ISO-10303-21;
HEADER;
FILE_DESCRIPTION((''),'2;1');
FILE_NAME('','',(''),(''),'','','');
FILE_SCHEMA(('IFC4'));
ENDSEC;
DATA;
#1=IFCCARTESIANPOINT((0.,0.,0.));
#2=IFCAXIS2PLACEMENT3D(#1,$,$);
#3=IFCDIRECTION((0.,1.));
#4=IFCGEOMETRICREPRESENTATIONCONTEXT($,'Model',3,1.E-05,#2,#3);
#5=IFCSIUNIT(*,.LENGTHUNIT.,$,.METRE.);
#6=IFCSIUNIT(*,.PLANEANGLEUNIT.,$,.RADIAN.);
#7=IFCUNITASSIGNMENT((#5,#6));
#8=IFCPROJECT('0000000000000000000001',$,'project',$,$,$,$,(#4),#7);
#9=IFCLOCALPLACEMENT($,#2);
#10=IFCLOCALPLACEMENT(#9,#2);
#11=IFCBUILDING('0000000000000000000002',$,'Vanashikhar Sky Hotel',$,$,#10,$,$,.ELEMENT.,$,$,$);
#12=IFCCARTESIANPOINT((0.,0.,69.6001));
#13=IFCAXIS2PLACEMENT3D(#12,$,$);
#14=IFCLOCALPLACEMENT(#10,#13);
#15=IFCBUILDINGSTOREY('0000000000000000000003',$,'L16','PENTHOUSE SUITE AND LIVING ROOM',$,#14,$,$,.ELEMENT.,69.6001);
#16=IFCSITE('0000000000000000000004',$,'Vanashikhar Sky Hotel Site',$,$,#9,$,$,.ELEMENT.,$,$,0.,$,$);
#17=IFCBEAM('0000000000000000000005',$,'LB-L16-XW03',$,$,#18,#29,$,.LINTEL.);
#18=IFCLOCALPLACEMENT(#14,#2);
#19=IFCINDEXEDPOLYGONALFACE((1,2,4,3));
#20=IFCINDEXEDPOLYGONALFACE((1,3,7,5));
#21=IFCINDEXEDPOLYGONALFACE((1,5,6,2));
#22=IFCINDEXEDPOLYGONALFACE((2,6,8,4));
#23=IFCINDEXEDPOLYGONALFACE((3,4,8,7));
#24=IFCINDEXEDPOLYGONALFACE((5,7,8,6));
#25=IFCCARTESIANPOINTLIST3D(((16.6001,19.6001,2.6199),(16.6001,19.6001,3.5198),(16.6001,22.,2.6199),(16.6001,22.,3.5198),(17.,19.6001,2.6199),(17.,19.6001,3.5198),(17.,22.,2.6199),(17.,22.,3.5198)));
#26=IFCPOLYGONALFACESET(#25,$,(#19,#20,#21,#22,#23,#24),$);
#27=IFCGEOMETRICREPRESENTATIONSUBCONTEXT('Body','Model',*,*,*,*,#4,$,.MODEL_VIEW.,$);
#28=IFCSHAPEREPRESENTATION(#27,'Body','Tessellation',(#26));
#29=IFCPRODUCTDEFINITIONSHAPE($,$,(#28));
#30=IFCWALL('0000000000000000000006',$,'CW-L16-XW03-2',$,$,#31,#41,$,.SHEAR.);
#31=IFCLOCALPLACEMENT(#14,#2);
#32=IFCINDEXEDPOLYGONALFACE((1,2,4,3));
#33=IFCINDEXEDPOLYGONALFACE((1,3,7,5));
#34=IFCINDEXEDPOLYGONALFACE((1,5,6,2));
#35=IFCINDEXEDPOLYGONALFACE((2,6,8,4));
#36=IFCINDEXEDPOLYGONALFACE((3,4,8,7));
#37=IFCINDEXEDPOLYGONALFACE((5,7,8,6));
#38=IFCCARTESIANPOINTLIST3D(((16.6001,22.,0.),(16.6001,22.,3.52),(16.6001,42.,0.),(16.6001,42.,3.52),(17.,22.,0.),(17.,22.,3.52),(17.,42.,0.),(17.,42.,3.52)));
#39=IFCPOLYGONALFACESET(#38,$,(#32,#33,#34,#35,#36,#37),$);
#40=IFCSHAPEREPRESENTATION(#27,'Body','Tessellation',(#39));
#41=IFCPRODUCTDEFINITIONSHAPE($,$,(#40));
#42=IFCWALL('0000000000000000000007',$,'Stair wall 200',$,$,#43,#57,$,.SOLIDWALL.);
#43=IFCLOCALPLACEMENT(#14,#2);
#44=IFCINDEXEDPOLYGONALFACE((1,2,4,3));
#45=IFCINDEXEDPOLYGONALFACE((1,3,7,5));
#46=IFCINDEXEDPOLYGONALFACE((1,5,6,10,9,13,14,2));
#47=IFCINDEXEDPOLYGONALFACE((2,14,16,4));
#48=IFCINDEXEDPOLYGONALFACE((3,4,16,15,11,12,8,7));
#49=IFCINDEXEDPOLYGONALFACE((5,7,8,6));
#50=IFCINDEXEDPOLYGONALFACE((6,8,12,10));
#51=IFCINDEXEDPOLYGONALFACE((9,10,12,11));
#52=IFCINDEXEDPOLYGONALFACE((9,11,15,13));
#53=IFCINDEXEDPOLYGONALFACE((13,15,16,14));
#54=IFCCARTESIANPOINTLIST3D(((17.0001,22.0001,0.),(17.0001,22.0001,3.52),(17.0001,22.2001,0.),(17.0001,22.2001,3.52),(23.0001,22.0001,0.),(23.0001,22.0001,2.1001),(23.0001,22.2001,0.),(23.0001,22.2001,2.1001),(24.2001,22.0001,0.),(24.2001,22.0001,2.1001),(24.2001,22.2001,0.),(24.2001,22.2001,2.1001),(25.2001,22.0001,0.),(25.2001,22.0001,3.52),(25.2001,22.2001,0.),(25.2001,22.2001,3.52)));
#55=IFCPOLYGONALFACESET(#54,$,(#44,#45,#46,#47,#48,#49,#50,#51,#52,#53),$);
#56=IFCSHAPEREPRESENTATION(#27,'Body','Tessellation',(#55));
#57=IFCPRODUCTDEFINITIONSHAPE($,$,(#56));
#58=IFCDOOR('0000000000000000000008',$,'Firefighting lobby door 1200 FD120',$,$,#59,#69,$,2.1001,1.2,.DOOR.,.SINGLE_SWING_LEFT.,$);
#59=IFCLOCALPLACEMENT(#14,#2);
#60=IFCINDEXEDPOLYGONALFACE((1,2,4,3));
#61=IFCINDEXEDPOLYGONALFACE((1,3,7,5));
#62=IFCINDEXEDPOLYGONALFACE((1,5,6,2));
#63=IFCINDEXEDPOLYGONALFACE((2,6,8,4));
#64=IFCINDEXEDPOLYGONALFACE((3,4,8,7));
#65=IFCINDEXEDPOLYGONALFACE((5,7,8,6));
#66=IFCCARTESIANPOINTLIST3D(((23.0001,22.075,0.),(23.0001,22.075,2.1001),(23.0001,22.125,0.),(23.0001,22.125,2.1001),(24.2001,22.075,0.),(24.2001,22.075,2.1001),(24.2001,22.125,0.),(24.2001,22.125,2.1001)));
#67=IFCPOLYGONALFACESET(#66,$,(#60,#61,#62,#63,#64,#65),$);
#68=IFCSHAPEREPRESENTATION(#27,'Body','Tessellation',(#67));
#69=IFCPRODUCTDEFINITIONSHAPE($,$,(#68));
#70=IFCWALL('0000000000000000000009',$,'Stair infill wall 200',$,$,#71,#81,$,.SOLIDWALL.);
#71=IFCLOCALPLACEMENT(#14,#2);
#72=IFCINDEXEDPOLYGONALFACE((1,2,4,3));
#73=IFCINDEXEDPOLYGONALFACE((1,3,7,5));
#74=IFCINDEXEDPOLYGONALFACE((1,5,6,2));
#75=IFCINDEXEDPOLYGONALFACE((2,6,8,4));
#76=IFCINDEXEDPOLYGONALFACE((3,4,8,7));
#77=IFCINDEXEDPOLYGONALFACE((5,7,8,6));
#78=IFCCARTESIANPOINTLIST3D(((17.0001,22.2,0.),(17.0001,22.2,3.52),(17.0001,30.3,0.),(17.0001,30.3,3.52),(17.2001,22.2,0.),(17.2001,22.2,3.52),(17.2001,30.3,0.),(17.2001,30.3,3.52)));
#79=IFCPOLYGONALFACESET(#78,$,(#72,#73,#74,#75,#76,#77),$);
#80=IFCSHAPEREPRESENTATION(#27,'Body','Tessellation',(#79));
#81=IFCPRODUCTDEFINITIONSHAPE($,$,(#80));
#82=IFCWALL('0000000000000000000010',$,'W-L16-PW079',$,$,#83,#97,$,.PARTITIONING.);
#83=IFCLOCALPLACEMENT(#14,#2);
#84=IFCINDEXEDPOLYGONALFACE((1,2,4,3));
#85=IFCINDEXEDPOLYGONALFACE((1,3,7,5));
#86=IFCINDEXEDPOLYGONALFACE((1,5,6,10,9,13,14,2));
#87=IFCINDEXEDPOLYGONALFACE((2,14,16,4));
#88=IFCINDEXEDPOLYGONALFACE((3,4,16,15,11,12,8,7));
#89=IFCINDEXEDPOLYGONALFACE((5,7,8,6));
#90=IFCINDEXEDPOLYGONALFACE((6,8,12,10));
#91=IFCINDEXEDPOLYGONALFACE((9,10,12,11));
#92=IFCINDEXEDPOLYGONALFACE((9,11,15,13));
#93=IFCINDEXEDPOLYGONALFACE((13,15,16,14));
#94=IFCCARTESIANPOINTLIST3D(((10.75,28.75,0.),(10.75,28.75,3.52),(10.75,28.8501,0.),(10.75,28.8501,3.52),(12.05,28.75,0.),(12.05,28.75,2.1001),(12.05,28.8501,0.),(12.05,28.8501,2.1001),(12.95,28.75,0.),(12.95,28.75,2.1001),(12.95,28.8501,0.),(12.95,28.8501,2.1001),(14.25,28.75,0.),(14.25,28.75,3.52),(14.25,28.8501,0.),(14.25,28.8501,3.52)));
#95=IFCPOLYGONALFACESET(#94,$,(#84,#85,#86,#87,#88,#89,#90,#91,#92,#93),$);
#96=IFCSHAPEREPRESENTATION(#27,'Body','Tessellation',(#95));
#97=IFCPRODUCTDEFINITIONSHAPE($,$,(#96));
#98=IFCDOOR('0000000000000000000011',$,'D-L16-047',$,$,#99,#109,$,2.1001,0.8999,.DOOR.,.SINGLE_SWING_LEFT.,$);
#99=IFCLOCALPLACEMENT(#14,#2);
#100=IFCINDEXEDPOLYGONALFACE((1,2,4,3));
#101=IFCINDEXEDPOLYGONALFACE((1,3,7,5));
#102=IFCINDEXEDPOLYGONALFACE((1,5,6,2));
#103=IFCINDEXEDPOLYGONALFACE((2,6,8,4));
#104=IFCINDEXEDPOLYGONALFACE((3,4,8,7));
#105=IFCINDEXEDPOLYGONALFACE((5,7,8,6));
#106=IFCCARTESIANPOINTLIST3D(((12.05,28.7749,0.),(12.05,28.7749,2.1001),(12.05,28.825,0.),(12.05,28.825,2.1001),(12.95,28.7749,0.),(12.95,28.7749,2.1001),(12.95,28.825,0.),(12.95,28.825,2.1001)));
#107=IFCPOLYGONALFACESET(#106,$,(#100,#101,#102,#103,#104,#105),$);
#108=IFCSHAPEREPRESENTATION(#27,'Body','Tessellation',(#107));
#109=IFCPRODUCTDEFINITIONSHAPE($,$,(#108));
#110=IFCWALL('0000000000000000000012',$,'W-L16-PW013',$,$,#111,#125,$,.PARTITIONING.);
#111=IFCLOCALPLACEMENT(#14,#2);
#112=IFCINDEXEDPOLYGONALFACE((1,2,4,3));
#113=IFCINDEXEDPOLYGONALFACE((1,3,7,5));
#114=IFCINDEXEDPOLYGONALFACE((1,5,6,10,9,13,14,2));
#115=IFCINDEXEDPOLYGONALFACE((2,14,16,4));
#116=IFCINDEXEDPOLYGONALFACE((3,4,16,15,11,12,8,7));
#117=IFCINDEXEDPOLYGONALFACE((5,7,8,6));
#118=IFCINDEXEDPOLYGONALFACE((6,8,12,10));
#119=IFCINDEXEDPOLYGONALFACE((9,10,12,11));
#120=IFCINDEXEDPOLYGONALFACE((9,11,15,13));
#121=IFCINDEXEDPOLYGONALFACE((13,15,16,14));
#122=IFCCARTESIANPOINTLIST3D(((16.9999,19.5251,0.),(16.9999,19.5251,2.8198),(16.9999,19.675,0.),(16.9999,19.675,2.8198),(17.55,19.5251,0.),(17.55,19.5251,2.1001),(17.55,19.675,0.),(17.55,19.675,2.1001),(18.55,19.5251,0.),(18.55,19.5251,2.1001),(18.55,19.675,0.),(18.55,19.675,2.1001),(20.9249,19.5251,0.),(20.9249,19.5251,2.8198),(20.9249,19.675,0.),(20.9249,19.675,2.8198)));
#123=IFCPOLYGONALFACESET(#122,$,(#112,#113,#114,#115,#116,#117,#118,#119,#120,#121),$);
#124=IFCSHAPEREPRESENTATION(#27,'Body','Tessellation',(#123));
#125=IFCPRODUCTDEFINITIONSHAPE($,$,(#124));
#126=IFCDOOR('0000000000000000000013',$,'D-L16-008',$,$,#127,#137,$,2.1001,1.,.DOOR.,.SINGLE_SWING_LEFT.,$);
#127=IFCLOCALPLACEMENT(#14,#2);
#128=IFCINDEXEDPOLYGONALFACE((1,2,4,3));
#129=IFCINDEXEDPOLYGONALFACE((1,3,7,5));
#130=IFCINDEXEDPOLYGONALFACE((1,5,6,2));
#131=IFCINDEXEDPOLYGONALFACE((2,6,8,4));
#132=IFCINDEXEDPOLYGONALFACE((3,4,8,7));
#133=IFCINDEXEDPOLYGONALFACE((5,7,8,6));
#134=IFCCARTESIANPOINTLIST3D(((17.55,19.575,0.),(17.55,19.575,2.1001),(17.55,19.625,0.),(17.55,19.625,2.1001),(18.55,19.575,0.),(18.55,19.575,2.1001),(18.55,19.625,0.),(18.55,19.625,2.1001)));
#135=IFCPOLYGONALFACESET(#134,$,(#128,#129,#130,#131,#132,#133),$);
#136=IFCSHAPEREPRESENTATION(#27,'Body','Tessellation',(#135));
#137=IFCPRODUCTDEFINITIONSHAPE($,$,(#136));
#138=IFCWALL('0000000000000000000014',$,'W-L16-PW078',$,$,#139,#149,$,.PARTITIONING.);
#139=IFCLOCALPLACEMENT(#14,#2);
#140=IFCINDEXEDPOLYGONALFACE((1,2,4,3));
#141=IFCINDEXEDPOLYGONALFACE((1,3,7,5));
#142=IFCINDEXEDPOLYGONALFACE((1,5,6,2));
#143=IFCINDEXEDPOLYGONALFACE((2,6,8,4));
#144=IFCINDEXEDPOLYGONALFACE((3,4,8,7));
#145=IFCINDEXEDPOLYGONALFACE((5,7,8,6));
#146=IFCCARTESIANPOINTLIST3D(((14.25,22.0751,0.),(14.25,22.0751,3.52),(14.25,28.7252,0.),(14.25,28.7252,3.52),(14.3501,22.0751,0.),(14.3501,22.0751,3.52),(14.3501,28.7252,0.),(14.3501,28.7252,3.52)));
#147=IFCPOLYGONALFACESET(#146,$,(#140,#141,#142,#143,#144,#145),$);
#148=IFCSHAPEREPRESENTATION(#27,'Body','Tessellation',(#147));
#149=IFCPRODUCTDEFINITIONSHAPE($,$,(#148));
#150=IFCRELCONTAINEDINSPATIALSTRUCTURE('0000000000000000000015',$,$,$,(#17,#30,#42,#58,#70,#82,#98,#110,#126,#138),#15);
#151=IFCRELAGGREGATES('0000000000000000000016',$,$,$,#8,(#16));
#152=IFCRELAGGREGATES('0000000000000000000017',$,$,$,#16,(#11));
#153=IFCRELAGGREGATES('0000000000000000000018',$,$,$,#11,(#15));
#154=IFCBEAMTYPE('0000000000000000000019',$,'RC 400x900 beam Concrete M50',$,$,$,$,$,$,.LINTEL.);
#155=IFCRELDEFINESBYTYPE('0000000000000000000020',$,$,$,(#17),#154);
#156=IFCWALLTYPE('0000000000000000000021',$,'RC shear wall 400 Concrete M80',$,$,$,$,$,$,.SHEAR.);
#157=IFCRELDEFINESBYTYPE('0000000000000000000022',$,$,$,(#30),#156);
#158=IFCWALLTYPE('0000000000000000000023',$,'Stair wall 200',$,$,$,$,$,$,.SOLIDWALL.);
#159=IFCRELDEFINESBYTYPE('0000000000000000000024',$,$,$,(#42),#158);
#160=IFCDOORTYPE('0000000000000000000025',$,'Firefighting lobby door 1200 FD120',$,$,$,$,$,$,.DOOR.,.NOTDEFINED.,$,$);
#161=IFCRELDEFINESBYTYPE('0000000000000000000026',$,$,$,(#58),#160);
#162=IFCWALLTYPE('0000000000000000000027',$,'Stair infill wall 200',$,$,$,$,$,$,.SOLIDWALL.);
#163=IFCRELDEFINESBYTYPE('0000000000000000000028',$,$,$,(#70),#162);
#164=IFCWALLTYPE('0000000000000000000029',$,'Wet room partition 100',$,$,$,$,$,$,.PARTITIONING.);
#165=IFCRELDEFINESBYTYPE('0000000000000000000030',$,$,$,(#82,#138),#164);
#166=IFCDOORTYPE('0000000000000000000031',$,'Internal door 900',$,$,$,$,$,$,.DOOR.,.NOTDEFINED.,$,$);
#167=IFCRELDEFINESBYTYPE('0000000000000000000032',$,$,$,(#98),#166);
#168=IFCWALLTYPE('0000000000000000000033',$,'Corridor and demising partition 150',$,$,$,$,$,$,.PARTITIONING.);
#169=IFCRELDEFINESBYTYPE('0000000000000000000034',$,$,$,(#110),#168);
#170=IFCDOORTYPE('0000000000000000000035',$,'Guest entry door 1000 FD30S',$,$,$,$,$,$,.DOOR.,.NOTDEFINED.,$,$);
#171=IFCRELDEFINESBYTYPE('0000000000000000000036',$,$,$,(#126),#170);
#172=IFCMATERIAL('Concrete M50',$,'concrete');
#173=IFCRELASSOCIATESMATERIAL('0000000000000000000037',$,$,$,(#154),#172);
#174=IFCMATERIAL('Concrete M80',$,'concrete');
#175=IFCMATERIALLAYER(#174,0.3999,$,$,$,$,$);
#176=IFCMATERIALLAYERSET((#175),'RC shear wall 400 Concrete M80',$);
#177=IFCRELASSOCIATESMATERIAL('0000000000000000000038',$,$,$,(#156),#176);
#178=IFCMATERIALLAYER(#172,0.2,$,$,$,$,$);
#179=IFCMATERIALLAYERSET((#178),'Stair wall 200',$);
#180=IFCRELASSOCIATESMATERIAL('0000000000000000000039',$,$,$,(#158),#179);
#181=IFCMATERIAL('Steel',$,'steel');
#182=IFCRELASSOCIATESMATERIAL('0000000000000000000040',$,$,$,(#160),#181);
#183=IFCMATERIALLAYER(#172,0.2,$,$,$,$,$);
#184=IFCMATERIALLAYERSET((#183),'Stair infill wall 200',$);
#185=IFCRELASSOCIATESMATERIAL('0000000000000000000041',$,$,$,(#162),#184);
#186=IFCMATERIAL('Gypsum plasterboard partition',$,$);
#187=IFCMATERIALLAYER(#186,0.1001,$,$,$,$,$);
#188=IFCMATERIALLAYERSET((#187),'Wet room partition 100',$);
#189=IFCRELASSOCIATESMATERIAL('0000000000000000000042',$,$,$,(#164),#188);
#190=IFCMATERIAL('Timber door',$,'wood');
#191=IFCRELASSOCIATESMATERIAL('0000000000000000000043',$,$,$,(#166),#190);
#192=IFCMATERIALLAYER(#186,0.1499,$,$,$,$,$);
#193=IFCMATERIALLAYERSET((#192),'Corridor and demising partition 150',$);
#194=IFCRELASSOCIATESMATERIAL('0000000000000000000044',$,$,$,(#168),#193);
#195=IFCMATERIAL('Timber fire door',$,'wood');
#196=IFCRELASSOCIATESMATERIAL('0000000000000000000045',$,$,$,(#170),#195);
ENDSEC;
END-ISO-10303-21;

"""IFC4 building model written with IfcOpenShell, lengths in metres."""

from ifc_helpers import new_model, si_unit, direction, frame, frame_2d, origin, origin_2d, place, context, subcontext, project, spatial, rectangle, extrude, source, transform, mapped, material, layer, layer_set, material_profile, profile_set, type_object, element, fill, save


model = new_model("IFC4")

# Units and contexts
model_context = context("Model", 3, precision=1e-05, world=origin(), true_north=direction((0.0, 1.0)))
body_context = subcontext(model_context, "Body", "Model", "MODEL_VIEW")
ifc_project = project(units=[si_unit("LENGTHUNIT", "METRE"), si_unit("PLANEANGLEUNIT", "RADIAN")], contexts=[model_context])

# Site, building, storey
site_placement = place(None, origin())
site = spatial("IfcSite", under=ifc_project, at=site_placement, Name="Vanashikhar Sky Hotel Site", CompositionType="ELEMENT", RefElevation=0.0)
building_placement = place(site_placement, origin())
building = spatial("IfcBuilding", under=site, at=building_placement, Name="Vanashikhar Sky Hotel", CompositionType="ELEMENT")
storey_placement = place(building_placement, frame((0.0, 0.0, 69.6001)))
storey = spatial("IfcBuildingStorey", under=building, at=storey_placement, Name="L16", Description="PENTHOUSE SUITE AND LIVING ROOM", CompositionType="ELEMENT", Elevation=69.6001)

# Beam
ifc_material_1 = material(Name="Concrete M50", Category="concrete")
ifc_material_profile = material_profile(ifc_material_1, rectangle(XDim=0.3999, YDim=0.8999, at=origin_2d()))
ifc_profile_set = profile_set([ifc_material_profile], Name="RC 400x900 beam Concrete M50")
beam_type = type_object("IfcBeamType", Name="RC 400x900 beam Concrete M50", PredefinedType="LINTEL", material=ifc_profile_set)
shared_shape_1 = source(origin(), body_context, "Body", "SweptSolid", [
    extrude(rectangle(XDim=0.3999, YDim=0.8999, at=origin_2d()), origin(), (0.0, 0.0, 1.0), 2.3999),
])
beam_placement = place(storey_placement, frame((16.8, 19.6001, 3.0698), z_axis=(0.0, 1.0, 0.0), x_axis=(-1.0, 0.0, 0.0)))
element("IfcBeam", 1, at=beam_placement, inside=storey, type_object=beam_type, Name="LB-L16-XW03", PredefinedType="LINTEL", context=body_context, shape_type="MappedRepresentation", body=[
    mapped(shared_shape_1, transform((0.0, 0.0, 0.0), scale=1.0)),
])

# Wall
ifc_material_2 = material(Name="Concrete M80", Category="concrete")
ifc_layer_1 = layer(ifc_material_2, 0.3999)
ifc_layer_set_1 = layer_set([ifc_layer_1], Name="RC shear wall 400 Concrete M80")
wall_type_1 = type_object("IfcWallType", Name="RC shear wall 400 Concrete M80", PredefinedType="SHEAR", material=ifc_layer_set_1)
shared_shape_2 = source(origin(), body_context, "Body", "SweptSolid", [
    extrude(rectangle(XDim=20.0, YDim=0.3999, at=frame_2d((10.0, 0.0))), origin(), (0.0, 0.0, 1.0), 3.52),
])
wall_1_placement = place(storey_placement, frame((16.8, 22.0, 0.0), z_axis=(0.0, 0.0, 1.0), x_axis=(0.0, 1.0, 0.0)))
element("IfcWall", 2, at=wall_1_placement, inside=storey, type_object=wall_type_1, Name="CW-L16-XW03-2", PredefinedType="SHEAR", context=body_context, shape_type="MappedRepresentation", body=[
    mapped(shared_shape_2, transform((0.0, 0.0, 0.0), scale=1.0)),
])

# Wall, opening, door
ifc_layer_2 = layer(ifc_material_1, 0.2)
ifc_layer_set_2 = layer_set([ifc_layer_2], Name="Stair wall 200")
wall_type_2 = type_object("IfcWallType", Name="Stair wall 200", PredefinedType="SOLIDWALL", material=ifc_layer_set_2)
shared_shape_3 = source(origin(), body_context, "Body", "SweptSolid", [
    extrude(rectangle(XDim=8.2, YDim=0.2, at=frame_2d((4.1001, 0.0))), origin(), (0.0, 0.0, 1.0), 3.52),
])
wall_2_placement = place(storey_placement, frame((17.0, 22.1001, 0.0), z_axis=(0.0, 0.0, 1.0), x_axis=(1.0, 0.0, 0.0)))
wall_2 = element("IfcWall", 3, at=wall_2_placement, inside=storey, type_object=wall_type_2, Name="Stair wall 200", PredefinedType="SOLIDWALL", context=body_context, shape_type="MappedRepresentation", body=[
    mapped(shared_shape_3, transform((0.0, 0.0, 0.0), scale=1.0)),
])
shared_shape_4 = source(origin(), body_context, "Body", "SweptSolid", [
    extrude(rectangle(XDim=1.2, YDim=2.1001, at=frame_2d((0.6001, 1.05))), frame((0.0, 0.1099, 0.0), z_axis=(0.0, -1.0, 0.0), x_axis=(1.0, 0.0, 0.0)), (0.0, 0.0, 1.0), 0.22),
])
opening_1_placement = place(wall_2_placement, frame((6.0, 0.0, 0.0)))
opening_1 = element("IfcOpeningElement", 4, at=opening_1_placement, cuts=wall_2, PredefinedType="OPENING", context=body_context, shape_type="MappedRepresentation", body=[
    mapped(shared_shape_4, transform((0.0, 0.0, 0.0), scale=1.0)),
])
ifc_material_3 = material(Name="Steel", Category="steel")
door_type_1 = type_object("IfcDoorType", Name="Firefighting lobby door 1200 FD120", OperationType="NOTDEFINED", PredefinedType="DOOR", material=ifc_material_3)
shared_shape_5 = source(origin(), body_context, "Body", "SweptSolid", [
    extrude(rectangle(XDim=1.2, YDim=2.1001, at=frame_2d((0.6001, 1.05))), frame((0.0, 0.0249, 0.0), z_axis=(0.0, -1.0, 0.0), x_axis=(1.0, 0.0, 0.0)), (0.0, 0.0, 1.0), 0.05),
])
door_1_placement = place(opening_1_placement, origin())
door_1 = element("IfcDoor", 5, at=door_1_placement, inside=storey, type_object=door_type_1, Name="Firefighting lobby door 1200 FD120", OperationType="SINGLE_SWING_LEFT", OverallHeight=2.1001, OverallWidth=1.2, PredefinedType="DOOR", context=body_context, shape_type="MappedRepresentation", body=[
    mapped(shared_shape_5, transform((0.0, 0.0, 0.0), scale=1.0)),
])
fill(opening_1, door_1)

# Wall
ifc_layer_3 = layer(ifc_material_1, 0.2)
ifc_layer_set_3 = layer_set([ifc_layer_3], Name="Stair infill wall 200")
wall_type_3 = type_object("IfcWallType", Name="Stair infill wall 200", PredefinedType="SOLIDWALL", material=ifc_layer_set_3)
shared_shape_6 = source(origin(), body_context, "Body", "SweptSolid", [
    extrude(rectangle(XDim=8.1001, YDim=0.2, at=frame_2d((4.05, 0.0))), origin(), (0.0, 0.0, 1.0), 3.52),
])
wall_3_placement = place(storey_placement, frame((17.1001, 22.2, 0.0), z_axis=(0.0, 0.0, 1.0), x_axis=(0.0, 1.0, 0.0)))
element("IfcWall", 6, at=wall_3_placement, inside=storey, type_object=wall_type_3, Name="Stair infill wall 200", PredefinedType="SOLIDWALL", context=body_context, shape_type="MappedRepresentation", body=[
    mapped(shared_shape_6, transform((0.0, 0.0, 0.0), scale=1.0)),
])

# Walls, openings, doors
ifc_material_4 = material(Name="Gypsum plasterboard partition")
ifc_layer_4 = layer(ifc_material_4, 0.1001)
ifc_layer_set_4 = layer_set([ifc_layer_4], Name="Wet room partition 100")
wall_type_4 = type_object("IfcWallType", Name="Wet room partition 100", PredefinedType="PARTITIONING", material=ifc_layer_set_4)
shared_shape_7 = source(origin(), body_context, "Body", "SweptSolid", [
    extrude(rectangle(XDim=3.5, YDim=0.1001, at=frame_2d((1.75, 0.0))), origin(), (0.0, 0.0, 1.0), 3.52),
])
wall_4_placement = place(storey_placement, frame((10.75, 28.8, 0.0), z_axis=(0.0, 0.0, 1.0), x_axis=(1.0, 0.0, 0.0)))
wall_4 = element("IfcWall", 7, at=wall_4_placement, inside=storey, type_object=wall_type_4, Name="W-L16-PW079", PredefinedType="PARTITIONING", context=body_context, shape_type="MappedRepresentation", body=[
    mapped(shared_shape_7, transform((0.0, 0.0, 0.0), scale=1.0)),
])
shared_shape_8 = source(origin(), body_context, "Body", "SweptSolid", [
    extrude(rectangle(XDim=0.8999, YDim=2.1001, at=frame_2d((0.45, 1.05))), frame((0.0, 0.0601, 0.0), z_axis=(0.0, -1.0, 0.0), x_axis=(1.0, 0.0, 0.0)), (0.0, 0.0, 1.0), 0.1201),
])
opening_2_placement = place(wall_4_placement, frame((1.3, 0.0, 0.0)))
opening_2 = element("IfcOpeningElement", 8, at=opening_2_placement, cuts=wall_4, PredefinedType="OPENING", context=body_context, shape_type="MappedRepresentation", body=[
    mapped(shared_shape_8, transform((0.0, 0.0, 0.0), scale=1.0)),
])
ifc_material_5 = material(Name="Timber door", Category="wood")
door_type_2 = type_object("IfcDoorType", Name="Internal door 900", OperationType="NOTDEFINED", PredefinedType="DOOR", material=ifc_material_5)
shared_shape_9 = source(origin(), body_context, "Body", "SweptSolid", [
    extrude(rectangle(XDim=0.8999, YDim=2.1001, at=frame_2d((0.45, 1.05))), frame((0.0, 0.0249, 0.0), z_axis=(0.0, -1.0, 0.0), x_axis=(1.0, 0.0, 0.0)), (0.0, 0.0, 1.0), 0.05),
])
door_2_placement = place(opening_2_placement, origin())
door_2 = element("IfcDoor", 9, at=door_2_placement, inside=storey, type_object=door_type_2, Name="D-L16-047", OperationType="SINGLE_SWING_LEFT", OverallHeight=2.1001, OverallWidth=0.8999, PredefinedType="DOOR", context=body_context, shape_type="MappedRepresentation", body=[
    mapped(shared_shape_9, transform((0.0, 0.0, 0.0), scale=1.0)),
])
fill(opening_2, door_2)
ifc_layer_5 = layer(ifc_material_4, 0.1499)
ifc_layer_set_5 = layer_set([ifc_layer_5], Name="Corridor and demising partition 150")
wall_type_5 = type_object("IfcWallType", Name="Corridor and demising partition 150", PredefinedType="PARTITIONING", material=ifc_layer_set_5)
shared_shape_10 = source(origin(), body_context, "Body", "SweptSolid", [
    extrude(rectangle(XDim=3.925, YDim=0.1499, at=frame_2d((1.9624, 0.0))), origin(), (0.0, 0.0, 1.0), 2.8198),
])
wall_5_placement = place(storey_placement, frame((17.0, 19.6001, 0.0), z_axis=(0.0, 0.0, 1.0), x_axis=(1.0, 0.0, 0.0)))
wall_5 = element("IfcWall", 10, at=wall_5_placement, inside=storey, type_object=wall_type_5, Name="W-L16-PW013", PredefinedType="PARTITIONING", context=body_context, shape_type="MappedRepresentation", body=[
    mapped(shared_shape_10, transform((0.0, 0.0, 0.0), scale=1.0)),
])
shared_shape_11 = source(origin(), body_context, "Body", "SweptSolid", [
    extrude(rectangle(XDim=1.0, YDim=2.1001, at=frame_2d((0.5, 1.05))), frame((0.0, 0.085, 0.0), z_axis=(0.0, -1.0, 0.0), x_axis=(1.0, 0.0, 0.0)), (0.0, 0.0, 1.0), 0.1699),
])
opening_3_placement = place(wall_5_placement, frame((0.55, 0.0, 0.0)))
opening_3 = element("IfcOpeningElement", 11, at=opening_3_placement, cuts=wall_5, PredefinedType="OPENING", context=body_context, shape_type="MappedRepresentation", body=[
    mapped(shared_shape_11, transform((0.0, 0.0, 0.0), scale=1.0)),
])
ifc_material_6 = material(Name="Timber fire door", Category="wood")
door_type_3 = type_object("IfcDoorType", Name="Guest entry door 1000 FD30S", OperationType="NOTDEFINED", PredefinedType="DOOR", material=ifc_material_6)
shared_shape_12 = source(origin(), body_context, "Body", "SweptSolid", [
    extrude(rectangle(XDim=1.0, YDim=2.1001, at=frame_2d((0.5, 1.05))), frame((0.0, 0.0249, 0.0), z_axis=(0.0, -1.0, 0.0), x_axis=(1.0, 0.0, 0.0)), (0.0, 0.0, 1.0), 0.05),
])
door_3_placement = place(opening_3_placement, origin())
door_3 = element("IfcDoor", 12, at=door_3_placement, inside=storey, type_object=door_type_3, Name="D-L16-008", OperationType="SINGLE_SWING_LEFT", OverallHeight=2.1001, OverallWidth=1.0, PredefinedType="DOOR", context=body_context, shape_type="MappedRepresentation", body=[
    mapped(shared_shape_12, transform((0.0, 0.0, 0.0), scale=1.0)),
])
fill(opening_3, door_3)

# Wall
shared_shape_13 = source(origin(), body_context, "Body", "SweptSolid", [
    extrude(rectangle(XDim=6.6501, YDim=0.1001, at=frame_2d((3.3252, 0.0))), origin(), (0.0, 0.0, 1.0), 3.52),
])
wall_6_placement = place(storey_placement, frame((14.3, 22.075, 0.0), z_axis=(0.0, 0.0, 1.0), x_axis=(0.0, 1.0, 0.0)))
element("IfcWall", 13, at=wall_6_placement, inside=storey, type_object=wall_type_4, Name="W-L16-PW078", PredefinedType="PARTITIONING", context=body_context, shape_type="MappedRepresentation", body=[
    mapped(shared_shape_13, transform((0.0, 0.0, 0.0), scale=1.0)),
])

save(model, "model.ifc")
